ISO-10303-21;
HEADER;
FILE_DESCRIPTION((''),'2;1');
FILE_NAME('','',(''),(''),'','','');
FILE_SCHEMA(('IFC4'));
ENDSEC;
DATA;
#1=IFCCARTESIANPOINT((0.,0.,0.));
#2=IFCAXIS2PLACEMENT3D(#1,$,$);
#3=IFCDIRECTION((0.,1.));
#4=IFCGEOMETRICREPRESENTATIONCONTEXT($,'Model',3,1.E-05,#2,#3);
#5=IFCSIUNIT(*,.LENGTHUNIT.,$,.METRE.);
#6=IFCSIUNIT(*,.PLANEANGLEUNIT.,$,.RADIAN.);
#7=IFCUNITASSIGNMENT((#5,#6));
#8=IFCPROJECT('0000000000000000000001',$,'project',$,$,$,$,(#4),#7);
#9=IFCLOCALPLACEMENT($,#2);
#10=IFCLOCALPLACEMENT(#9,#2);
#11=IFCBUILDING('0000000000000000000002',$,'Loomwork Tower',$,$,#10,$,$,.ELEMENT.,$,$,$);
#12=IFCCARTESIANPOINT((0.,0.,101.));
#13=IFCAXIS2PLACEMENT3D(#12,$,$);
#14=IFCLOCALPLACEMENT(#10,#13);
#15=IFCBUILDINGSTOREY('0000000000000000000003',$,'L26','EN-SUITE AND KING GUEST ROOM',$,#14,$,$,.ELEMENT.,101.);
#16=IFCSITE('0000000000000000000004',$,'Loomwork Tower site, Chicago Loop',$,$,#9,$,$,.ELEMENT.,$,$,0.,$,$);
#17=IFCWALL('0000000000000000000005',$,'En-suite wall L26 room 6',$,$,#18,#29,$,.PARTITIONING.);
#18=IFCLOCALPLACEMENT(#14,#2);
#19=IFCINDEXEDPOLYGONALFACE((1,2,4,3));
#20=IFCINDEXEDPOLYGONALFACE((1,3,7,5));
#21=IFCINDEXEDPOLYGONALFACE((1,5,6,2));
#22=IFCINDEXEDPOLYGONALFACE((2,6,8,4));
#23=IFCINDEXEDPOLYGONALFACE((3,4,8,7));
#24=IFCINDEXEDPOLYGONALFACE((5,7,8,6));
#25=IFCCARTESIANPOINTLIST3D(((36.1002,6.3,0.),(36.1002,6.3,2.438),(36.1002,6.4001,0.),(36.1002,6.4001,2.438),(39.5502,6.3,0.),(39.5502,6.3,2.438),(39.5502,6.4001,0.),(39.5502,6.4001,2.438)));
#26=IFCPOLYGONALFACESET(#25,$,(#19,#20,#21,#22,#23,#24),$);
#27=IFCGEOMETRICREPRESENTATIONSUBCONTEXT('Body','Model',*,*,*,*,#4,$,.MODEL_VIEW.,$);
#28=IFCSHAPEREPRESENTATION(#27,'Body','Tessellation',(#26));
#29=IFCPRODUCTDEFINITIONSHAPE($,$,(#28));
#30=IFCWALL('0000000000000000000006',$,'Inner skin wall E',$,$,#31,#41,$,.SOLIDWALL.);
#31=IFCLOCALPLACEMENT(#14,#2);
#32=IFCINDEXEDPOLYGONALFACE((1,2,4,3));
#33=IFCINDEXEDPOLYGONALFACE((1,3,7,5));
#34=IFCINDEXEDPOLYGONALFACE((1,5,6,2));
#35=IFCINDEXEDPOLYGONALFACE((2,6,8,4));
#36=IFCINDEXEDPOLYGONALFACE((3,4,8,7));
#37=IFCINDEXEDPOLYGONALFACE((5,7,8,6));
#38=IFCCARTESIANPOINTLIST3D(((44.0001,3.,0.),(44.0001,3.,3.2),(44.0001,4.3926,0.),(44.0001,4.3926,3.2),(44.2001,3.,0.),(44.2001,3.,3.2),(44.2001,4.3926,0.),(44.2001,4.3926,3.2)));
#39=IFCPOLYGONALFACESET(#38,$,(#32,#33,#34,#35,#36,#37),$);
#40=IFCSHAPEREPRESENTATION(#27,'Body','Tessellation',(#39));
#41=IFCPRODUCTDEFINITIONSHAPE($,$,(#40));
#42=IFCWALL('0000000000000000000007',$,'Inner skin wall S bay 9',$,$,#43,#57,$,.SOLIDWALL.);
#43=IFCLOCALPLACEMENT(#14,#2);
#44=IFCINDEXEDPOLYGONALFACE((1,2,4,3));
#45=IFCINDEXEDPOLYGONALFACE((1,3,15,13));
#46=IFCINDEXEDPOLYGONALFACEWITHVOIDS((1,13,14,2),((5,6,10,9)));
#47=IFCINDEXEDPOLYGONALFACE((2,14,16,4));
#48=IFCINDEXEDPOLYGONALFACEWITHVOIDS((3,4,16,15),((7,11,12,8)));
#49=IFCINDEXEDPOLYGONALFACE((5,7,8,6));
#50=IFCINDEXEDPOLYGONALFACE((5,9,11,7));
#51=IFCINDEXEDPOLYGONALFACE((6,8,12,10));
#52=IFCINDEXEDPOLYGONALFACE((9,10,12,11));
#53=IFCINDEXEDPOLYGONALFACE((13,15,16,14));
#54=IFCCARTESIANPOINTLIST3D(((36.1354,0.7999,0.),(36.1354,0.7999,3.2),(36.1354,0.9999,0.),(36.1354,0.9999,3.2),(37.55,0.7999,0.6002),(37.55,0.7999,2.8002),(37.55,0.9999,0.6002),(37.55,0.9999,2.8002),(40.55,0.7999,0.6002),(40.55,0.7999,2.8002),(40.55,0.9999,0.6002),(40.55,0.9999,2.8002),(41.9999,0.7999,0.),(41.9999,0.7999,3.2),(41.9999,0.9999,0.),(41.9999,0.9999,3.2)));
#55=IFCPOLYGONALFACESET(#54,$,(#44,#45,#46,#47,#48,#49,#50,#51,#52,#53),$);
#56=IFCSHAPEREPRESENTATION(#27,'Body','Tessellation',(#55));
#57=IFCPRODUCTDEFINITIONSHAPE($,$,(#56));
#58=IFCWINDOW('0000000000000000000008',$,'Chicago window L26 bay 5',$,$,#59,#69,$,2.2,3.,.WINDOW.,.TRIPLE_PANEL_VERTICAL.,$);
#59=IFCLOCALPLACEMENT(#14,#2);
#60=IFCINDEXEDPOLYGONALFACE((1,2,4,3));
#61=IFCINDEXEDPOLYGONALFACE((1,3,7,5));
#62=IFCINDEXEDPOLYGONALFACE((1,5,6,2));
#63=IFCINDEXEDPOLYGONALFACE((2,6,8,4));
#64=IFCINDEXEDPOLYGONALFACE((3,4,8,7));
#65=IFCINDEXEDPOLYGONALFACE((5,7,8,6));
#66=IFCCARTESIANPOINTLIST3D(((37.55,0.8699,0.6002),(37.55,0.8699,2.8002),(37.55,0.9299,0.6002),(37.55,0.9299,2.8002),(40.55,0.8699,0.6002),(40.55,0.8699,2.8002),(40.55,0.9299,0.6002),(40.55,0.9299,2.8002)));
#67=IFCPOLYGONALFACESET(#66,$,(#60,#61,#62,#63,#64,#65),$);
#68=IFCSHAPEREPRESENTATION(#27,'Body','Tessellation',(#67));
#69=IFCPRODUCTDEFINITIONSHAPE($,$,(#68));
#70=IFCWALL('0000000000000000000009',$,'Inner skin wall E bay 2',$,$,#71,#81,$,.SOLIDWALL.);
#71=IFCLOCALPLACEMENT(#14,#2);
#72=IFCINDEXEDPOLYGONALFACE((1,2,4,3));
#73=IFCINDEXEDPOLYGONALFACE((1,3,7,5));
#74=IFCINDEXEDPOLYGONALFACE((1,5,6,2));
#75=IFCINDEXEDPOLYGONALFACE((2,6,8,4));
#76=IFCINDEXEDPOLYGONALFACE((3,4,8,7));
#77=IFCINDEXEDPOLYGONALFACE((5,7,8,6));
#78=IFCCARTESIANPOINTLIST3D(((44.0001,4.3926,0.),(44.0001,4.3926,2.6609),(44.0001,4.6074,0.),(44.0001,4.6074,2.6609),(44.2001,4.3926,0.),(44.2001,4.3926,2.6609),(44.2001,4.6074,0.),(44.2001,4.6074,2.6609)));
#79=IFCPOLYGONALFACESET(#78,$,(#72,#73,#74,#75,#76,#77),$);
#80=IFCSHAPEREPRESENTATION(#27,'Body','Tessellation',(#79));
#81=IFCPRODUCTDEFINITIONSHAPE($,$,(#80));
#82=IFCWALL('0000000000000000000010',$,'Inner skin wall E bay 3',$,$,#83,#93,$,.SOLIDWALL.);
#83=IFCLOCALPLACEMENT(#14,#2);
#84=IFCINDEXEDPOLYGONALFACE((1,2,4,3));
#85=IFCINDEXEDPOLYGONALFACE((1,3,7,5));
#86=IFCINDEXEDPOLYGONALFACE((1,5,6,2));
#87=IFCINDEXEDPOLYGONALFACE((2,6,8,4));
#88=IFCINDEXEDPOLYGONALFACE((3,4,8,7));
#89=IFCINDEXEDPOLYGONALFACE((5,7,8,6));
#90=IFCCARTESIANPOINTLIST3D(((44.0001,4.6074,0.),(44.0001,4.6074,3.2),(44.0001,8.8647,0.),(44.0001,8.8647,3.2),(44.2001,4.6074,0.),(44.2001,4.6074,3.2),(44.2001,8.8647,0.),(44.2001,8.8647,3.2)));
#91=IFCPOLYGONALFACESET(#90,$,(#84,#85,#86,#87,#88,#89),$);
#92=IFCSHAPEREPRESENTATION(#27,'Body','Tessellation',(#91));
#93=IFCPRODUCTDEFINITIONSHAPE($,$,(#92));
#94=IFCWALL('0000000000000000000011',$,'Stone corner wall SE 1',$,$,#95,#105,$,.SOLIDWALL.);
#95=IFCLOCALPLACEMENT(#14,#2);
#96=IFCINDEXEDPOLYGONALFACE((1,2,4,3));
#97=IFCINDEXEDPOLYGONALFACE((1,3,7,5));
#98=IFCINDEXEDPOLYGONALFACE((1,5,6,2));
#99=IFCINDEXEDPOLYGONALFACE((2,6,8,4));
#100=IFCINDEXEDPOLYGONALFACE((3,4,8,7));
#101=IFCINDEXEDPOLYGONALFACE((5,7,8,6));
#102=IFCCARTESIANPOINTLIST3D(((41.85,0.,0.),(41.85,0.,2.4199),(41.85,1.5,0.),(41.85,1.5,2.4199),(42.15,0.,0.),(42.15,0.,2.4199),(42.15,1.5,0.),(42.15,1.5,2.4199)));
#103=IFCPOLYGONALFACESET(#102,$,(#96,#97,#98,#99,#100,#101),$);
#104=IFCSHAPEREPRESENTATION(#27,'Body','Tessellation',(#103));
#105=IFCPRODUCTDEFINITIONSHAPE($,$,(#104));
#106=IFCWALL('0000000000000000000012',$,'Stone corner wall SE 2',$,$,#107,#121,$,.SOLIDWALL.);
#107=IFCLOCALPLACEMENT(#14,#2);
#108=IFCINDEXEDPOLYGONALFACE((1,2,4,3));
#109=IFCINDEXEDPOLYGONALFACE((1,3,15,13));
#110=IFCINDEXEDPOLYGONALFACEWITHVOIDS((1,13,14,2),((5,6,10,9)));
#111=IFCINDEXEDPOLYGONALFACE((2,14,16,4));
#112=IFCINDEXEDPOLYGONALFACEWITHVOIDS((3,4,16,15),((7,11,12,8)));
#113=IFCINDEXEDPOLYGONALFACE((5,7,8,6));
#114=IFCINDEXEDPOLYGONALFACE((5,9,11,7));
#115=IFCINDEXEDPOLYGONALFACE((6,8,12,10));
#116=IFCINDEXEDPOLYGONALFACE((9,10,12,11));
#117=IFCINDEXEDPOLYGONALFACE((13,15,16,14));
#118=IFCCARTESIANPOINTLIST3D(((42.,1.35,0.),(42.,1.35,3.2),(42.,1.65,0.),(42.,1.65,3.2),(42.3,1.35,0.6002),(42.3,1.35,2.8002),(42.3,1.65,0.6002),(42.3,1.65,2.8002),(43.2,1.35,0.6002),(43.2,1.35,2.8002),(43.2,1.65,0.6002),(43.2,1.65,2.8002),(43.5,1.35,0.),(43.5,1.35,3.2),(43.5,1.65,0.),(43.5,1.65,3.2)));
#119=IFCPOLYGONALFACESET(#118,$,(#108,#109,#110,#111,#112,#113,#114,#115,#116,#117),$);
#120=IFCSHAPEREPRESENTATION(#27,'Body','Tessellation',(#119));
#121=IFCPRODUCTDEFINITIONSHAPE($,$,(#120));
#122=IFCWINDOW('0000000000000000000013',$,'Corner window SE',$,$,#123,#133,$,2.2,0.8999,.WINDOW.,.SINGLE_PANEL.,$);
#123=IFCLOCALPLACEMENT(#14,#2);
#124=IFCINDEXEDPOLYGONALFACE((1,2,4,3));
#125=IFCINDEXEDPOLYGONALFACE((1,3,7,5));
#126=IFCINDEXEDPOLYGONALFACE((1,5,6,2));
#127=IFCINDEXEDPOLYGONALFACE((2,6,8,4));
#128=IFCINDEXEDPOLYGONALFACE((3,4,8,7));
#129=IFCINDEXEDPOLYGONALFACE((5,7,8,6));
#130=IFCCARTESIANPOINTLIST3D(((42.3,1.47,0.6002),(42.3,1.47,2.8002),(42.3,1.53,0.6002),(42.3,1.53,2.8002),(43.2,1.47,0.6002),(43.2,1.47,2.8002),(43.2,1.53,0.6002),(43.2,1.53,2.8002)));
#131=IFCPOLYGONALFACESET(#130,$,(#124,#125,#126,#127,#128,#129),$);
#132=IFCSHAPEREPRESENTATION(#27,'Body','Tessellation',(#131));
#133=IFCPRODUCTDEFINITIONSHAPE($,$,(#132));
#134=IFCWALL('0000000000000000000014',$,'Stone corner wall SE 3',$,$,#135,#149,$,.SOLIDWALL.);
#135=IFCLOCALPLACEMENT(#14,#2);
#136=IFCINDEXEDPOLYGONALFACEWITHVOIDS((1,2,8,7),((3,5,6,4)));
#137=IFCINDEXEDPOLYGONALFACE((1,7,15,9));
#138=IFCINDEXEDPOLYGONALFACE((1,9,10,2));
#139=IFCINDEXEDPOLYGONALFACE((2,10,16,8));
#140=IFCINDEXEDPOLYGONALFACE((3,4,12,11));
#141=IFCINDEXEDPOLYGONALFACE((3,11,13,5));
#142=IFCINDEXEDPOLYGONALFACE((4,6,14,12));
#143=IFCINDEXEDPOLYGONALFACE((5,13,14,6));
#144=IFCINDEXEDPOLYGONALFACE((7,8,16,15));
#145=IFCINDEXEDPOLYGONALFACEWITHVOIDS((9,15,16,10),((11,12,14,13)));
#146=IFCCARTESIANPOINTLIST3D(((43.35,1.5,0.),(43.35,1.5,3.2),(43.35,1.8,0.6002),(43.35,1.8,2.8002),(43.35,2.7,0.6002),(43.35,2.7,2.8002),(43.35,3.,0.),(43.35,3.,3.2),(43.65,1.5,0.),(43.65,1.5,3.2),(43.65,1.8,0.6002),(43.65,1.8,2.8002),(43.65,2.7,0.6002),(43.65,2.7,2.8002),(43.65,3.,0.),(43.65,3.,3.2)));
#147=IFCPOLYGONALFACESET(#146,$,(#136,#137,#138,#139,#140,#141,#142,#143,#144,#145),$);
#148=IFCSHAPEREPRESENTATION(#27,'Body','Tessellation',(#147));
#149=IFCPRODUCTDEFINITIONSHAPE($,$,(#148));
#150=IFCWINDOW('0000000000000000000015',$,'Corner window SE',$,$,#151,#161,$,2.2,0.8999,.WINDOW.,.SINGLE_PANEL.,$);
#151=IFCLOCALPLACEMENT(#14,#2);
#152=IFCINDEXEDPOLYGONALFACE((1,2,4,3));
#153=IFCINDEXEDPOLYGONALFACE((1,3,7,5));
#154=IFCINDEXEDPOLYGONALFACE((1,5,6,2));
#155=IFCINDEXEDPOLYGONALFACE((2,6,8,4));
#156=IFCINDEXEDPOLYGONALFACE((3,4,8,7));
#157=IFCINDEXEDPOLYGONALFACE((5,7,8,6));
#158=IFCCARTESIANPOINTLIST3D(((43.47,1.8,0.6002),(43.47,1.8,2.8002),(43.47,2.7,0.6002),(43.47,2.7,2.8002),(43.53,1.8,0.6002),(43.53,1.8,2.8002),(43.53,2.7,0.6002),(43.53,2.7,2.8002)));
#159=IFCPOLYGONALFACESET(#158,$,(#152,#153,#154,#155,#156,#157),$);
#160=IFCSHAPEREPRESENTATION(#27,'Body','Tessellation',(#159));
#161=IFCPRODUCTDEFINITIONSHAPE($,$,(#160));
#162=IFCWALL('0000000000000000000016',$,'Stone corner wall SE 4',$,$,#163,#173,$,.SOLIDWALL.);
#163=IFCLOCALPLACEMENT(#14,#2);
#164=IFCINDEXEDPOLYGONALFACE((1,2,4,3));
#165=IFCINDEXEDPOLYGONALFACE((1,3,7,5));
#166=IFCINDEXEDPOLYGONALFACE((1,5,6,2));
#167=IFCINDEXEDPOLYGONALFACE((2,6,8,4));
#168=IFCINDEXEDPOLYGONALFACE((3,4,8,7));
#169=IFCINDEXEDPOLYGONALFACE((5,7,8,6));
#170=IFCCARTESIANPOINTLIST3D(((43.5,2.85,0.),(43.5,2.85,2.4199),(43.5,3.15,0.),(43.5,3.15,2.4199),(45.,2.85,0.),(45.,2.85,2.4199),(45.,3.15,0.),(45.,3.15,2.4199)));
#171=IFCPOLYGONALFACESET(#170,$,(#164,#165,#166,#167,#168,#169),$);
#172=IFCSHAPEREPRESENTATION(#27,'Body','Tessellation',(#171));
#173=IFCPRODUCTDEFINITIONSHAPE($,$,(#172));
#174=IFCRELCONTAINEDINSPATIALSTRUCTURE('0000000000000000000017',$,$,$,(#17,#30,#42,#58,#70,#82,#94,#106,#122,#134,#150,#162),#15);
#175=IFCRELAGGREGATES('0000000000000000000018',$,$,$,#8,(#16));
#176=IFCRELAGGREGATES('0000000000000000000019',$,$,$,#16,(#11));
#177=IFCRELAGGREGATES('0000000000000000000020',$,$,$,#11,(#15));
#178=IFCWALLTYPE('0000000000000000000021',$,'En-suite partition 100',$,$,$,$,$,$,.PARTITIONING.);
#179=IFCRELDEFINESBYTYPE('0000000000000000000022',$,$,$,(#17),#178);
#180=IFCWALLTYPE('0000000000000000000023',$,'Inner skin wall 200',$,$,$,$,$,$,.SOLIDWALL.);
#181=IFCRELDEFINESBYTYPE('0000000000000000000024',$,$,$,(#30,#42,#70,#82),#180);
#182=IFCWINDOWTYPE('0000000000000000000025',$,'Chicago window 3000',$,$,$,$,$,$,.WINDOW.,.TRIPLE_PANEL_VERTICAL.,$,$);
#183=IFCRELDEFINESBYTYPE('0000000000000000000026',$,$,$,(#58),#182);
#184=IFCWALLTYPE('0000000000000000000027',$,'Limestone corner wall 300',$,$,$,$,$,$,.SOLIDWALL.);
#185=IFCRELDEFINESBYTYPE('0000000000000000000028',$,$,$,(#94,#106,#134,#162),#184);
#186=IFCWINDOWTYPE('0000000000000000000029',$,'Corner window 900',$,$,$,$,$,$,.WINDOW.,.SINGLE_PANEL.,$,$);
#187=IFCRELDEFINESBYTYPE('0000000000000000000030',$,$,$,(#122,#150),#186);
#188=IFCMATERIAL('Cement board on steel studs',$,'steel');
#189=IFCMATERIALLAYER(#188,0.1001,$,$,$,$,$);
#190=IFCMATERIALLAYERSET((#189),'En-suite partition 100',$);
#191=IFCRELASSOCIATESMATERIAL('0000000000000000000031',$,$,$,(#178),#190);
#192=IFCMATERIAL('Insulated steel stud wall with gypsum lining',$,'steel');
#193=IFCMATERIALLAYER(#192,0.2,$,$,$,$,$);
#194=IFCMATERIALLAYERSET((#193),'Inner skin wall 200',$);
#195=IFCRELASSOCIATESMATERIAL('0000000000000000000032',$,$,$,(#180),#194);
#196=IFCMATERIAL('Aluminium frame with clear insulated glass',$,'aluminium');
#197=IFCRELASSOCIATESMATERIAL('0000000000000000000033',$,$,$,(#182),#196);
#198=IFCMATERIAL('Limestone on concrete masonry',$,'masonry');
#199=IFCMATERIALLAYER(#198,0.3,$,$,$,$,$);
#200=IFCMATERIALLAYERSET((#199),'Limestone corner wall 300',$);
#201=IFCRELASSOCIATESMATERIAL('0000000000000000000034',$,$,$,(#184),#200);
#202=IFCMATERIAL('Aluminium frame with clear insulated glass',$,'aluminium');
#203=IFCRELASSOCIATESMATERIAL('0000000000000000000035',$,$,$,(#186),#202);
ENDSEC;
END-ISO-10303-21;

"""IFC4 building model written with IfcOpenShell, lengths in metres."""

from ifc_helpers import new_model, si_unit, direction, frame, frame_2d, origin, place, context, subcontext, project, spatial, rectangle, extrude, material, layer, layer_set, type_object, element, fill, save


model = new_model("IFC4")

# Units and contexts
model_context = context("Model", 3, precision=1e-05, world=origin(), true_north=direction((0.0, 1.0)))
body_context = subcontext(model_context, "Body", "Model", "MODEL_VIEW")
ifc_project = project(units=[si_unit("LENGTHUNIT", "METRE"), si_unit("PLANEANGLEUNIT", "RADIAN")], contexts=[model_context])

# Site, building, storey
site_placement = place(None, origin())
site = spatial("IfcSite", under=ifc_project, at=site_placement, Name="Loomwork Tower site, Chicago Loop", CompositionType="ELEMENT", RefElevation=0.0)
building_placement = place(site_placement, origin())
building = spatial("IfcBuilding", under=site, at=building_placement, Name="Loomwork Tower", CompositionType="ELEMENT")
storey_placement = place(building_placement, frame((0.0, 0.0, 101.0)))
storey = spatial("IfcBuildingStorey", under=building, at=storey_placement, Name="L26", Description="EN-SUITE AND KING GUEST ROOM", CompositionType="ELEMENT", Elevation=101.0)

# Walls
ifc_material_1 = material(Name="Cement board on steel studs", Category="steel")
ifc_layer_1 = layer(ifc_material_1, 0.1001)
ifc_layer_set_1 = layer_set([ifc_layer_1], Name="En-suite partition 100")
wall_type_1 = type_object("IfcWallType", Name="En-suite partition 100", PredefinedType="PARTITIONING", material=ifc_layer_set_1)
wall_1_placement = place(storey_placement, frame((36.1001, 6.3501, 0.0), z_axis=(0.0, 0.0, 1.0), x_axis=(1.0, 0.0, 0.0)))
element("IfcWall", 1, at=wall_1_placement, inside=storey, type_object=wall_type_1, Name="En-suite wall L26 room 6", PredefinedType="PARTITIONING", context=body_context, shape_type="SweptSolid", body=[
    extrude(rectangle(XDim=3.45, YDim=0.1001, at=frame_2d((1.7251, 0.0))), origin(), (0.0, 0.0, 1.0), 2.438),
])
ifc_material_2 = material(Name="Insulated steel stud wall with gypsum lining", Category="steel")
ifc_layer_2 = layer(ifc_material_2, 0.2)
ifc_layer_set_2 = layer_set([ifc_layer_2], Name="Inner skin wall 200")
wall_type_2 = type_object("IfcWallType", Name="Inner skin wall 200", PredefinedType="SOLIDWALL", material=ifc_layer_set_2)
wall_2_placement = place(storey_placement, frame((44.1001, 3.0, 0.0), z_axis=(0.0, 0.0, 1.0), x_axis=(0.0, 1.0, 0.0)))
element("IfcWall", 2, at=wall_2_placement, inside=storey, type_object=wall_type_2, Name="Inner skin wall E", PredefinedType="SOLIDWALL", context=body_context, shape_type="SweptSolid", body=[
    extrude(rectangle(XDim=1.3926, YDim=0.2, at=frame_2d((0.6963, 0.0))), origin(), (0.0, 0.0, 1.0), 3.2),
])

# Wall, opening, window
wall_3_placement = place(storey_placement, frame((36.1355, 0.8999, 0.0), z_axis=(0.0, 0.0, 1.0), x_axis=(1.0, 0.0, 0.0)))
wall_3 = element("IfcWall", 3, at=wall_3_placement, inside=storey, type_object=wall_type_2, Name="Inner skin wall S bay 9", PredefinedType="SOLIDWALL", context=body_context, shape_type="SweptSolid", body=[
    extrude(rectangle(XDim=5.8645, YDim=0.2, at=frame_2d((2.9321, 0.0))), origin(), (0.0, 0.0, 1.0), 3.2),
])
opening_1_placement = place(wall_3_placement, frame((1.4146, 0.0, 0.6001)))
opening_1 = element("IfcOpeningElement", 4, at=opening_1_placement, cuts=wall_3, PredefinedType="OPENING", context=body_context, shape_type="SweptSolid", body=[
    extrude(rectangle(XDim=3.0, YDim=2.2, at=frame_2d((1.5, 1.1001))), frame((0.0, 0.1099, 0.0), z_axis=(0.0, -1.0, 0.0), x_axis=(1.0, 0.0, 0.0)), (0.0, 0.0, 1.0), 0.22),
])
ifc_material_3 = material(Name="Aluminium frame with clear insulated glass", Category="aluminium")
window_type_1 = type_object("IfcWindowType", Name="Chicago window 3000", PartitioningType="TRIPLE_PANEL_VERTICAL", PredefinedType="WINDOW", material=ifc_material_3)
window_1_placement = place(opening_1_placement, origin())
window_1 = element("IfcWindow", 5, at=window_1_placement, inside=storey, type_object=window_type_1, Name="Chicago window L26 bay 5", OverallHeight=2.2, OverallWidth=3.0, PartitioningType="TRIPLE_PANEL_VERTICAL", PredefinedType="WINDOW", context=body_context, shape_type="SweptSolid", body=[
    extrude(rectangle(XDim=3.0, YDim=2.2, at=frame_2d((1.5, 1.1001))), frame((0.0, 0.03, 0.0), z_axis=(0.0, -1.0, 0.0), x_axis=(1.0, 0.0, 0.0)), (0.0, 0.0, 1.0), 0.0601),
])
fill(opening_1, window_1)

# Walls
wall_4_placement = place(storey_placement, frame((44.1001, 4.3926, 0.0), z_axis=(0.0, 0.0, 1.0), x_axis=(0.0, 1.0, 0.0)))
element("IfcWall", 6, at=wall_4_placement, inside=storey, type_object=wall_type_2, Name="Inner skin wall E bay 2", PredefinedType="SOLIDWALL", context=body_context, shape_type="SweptSolid", body=[
    extrude(rectangle(XDim=0.2148, YDim=0.2, at=frame_2d((0.1074, 0.0))), origin(), (0.0, 0.0, 1.0), 2.6609),
])
wall_5_placement = place(storey_placement, frame((44.1001, 4.6074, 0.0), z_axis=(0.0, 0.0, 1.0), x_axis=(0.0, 1.0, 0.0)))
element("IfcWall", 7, at=wall_5_placement, inside=storey, type_object=wall_type_2, Name="Inner skin wall E bay 3", PredefinedType="SOLIDWALL", context=body_context, shape_type="SweptSolid", body=[
    extrude(rectangle(XDim=4.2573, YDim=0.2, at=frame_2d((2.1287, 0.0))), origin(), (0.0, 0.0, 1.0), 3.2),
])
ifc_material_4 = material(Name="Limestone on concrete masonry", Category="masonry")
ifc_layer_3 = layer(ifc_material_4, 0.3)
ifc_layer_set_3 = layer_set([ifc_layer_3], Name="Limestone corner wall 300")
wall_type_3 = type_object("IfcWallType", Name="Limestone corner wall 300", PredefinedType="SOLIDWALL", material=ifc_layer_set_3)
wall_6_placement = place(storey_placement, frame((42.0, 0.0, 0.0), z_axis=(0.0, 0.0, 1.0), x_axis=(0.0, 1.0, 0.0)))
element("IfcWall", 8, at=wall_6_placement, inside=storey, type_object=wall_type_3, Name="Stone corner wall SE 1", PredefinedType="SOLIDWALL", context=body_context, shape_type="SweptSolid", body=[
    extrude(rectangle(XDim=1.5, YDim=0.3, at=frame_2d((0.75, 0.0))), origin(), (0.0, 0.0, 1.0), 2.4199),
])

# Walls, openings, windows
wall_7_placement = place(storey_placement, frame((42.0, 1.5, 0.0), z_axis=(0.0, 0.0, 1.0), x_axis=(1.0, 0.0, 0.0)))
wall_7 = element("IfcWall", 9, at=wall_7_placement, inside=storey, type_object=wall_type_3, Name="Stone corner wall SE 2", PredefinedType="SOLIDWALL", context=body_context, shape_type="SweptSolid", body=[
    extrude(rectangle(XDim=1.5, YDim=0.3, at=frame_2d((0.75, 0.0))), origin(), (0.0, 0.0, 1.0), 3.2),
])
opening_2_placement = place(wall_7_placement, frame((0.3, 0.0, 0.6001)))
opening_2 = element("IfcOpeningElement", 10, at=opening_2_placement, cuts=wall_7, PredefinedType="OPENING", context=body_context, shape_type="SweptSolid", body=[
    extrude(rectangle(XDim=0.8999, YDim=2.2, at=frame_2d((0.45, 1.1001))), frame((0.0, 0.1599, 0.0), z_axis=(0.0, -1.0, 0.0), x_axis=(1.0, 0.0, 0.0)), (0.0, 0.0, 1.0), 0.3201),
])
ifc_material_5 = material(Name="Aluminium frame with clear insulated glass", Category="aluminium")
window_type_2 = type_object("IfcWindowType", Name="Corner window 900", PartitioningType="SINGLE_PANEL", PredefinedType="WINDOW", material=ifc_material_5)
window_2_placement = place(opening_2_placement, origin())
window_2 = element("IfcWindow", 11, at=window_2_placement, inside=storey, type_object=window_type_2, Name="Corner window SE", OverallHeight=2.2, OverallWidth=0.8999, PartitioningType="SINGLE_PANEL", PredefinedType="WINDOW", context=body_context, shape_type="SweptSolid", body=[
    extrude(rectangle(XDim=0.8999, YDim=2.2, at=frame_2d((0.45, 1.1001))), frame((0.0, 0.03, 0.0), z_axis=(0.0, -1.0, 0.0), x_axis=(1.0, 0.0, 0.0)), (0.0, 0.0, 1.0), 0.0601),
])
fill(opening_2, window_2)
wall_8_placement = place(storey_placement, frame((43.5, 1.5, 0.0), z_axis=(0.0, 0.0, 1.0), x_axis=(0.0, 1.0, 0.0)))
wall_8 = element("IfcWall", 12, at=wall_8_placement, inside=storey, type_object=wall_type_3, Name="Stone corner wall SE 3", PredefinedType="SOLIDWALL", context=body_context, shape_type="SweptSolid", body=[
    extrude(rectangle(XDim=1.5, YDim=0.3, at=frame_2d((0.75, 0.0))), origin(), (0.0, 0.0, 1.0), 3.2),
])
opening_3_placement = place(wall_8_placement, frame((0.3, 0.0, 0.6001)))
opening_3 = element("IfcOpeningElement", 13, at=opening_3_placement, cuts=wall_8, PredefinedType="OPENING", context=body_context, shape_type="SweptSolid", body=[
    extrude(rectangle(XDim=0.8999, YDim=2.2, at=frame_2d((0.45, 1.1001))), frame((0.0, 0.1599, 0.0), z_axis=(0.0, -1.0, 0.0), x_axis=(1.0, 0.0, 0.0)), (0.0, 0.0, 1.0), 0.3201),
])
window_3_placement = place(opening_3_placement, origin())
window_3 = element("IfcWindow", 14, at=window_3_placement, inside=storey, type_object=window_type_2, Name="Corner window SE", OverallHeight=2.2, OverallWidth=0.8999, PartitioningType="SINGLE_PANEL", PredefinedType="WINDOW", context=body_context, shape_type="SweptSolid", body=[
    extrude(rectangle(XDim=0.8999, YDim=2.2, at=frame_2d((0.45, 1.1001))), frame((0.0, 0.03, 0.0), z_axis=(0.0, -1.0, 0.0), x_axis=(1.0, 0.0, 0.0)), (0.0, 0.0, 1.0), 0.0601),
])
fill(opening_3, window_3)

# Wall
wall_9_placement = place(storey_placement, frame((43.5, 3.0, 0.0), z_axis=(0.0, 0.0, 1.0), x_axis=(1.0, 0.0, 0.0)))
element("IfcWall", 15, at=wall_9_placement, inside=storey, type_object=wall_type_3, Name="Stone corner wall SE 4", PredefinedType="SOLIDWALL", context=body_context, shape_type="SweptSolid", body=[
    extrude(rectangle(XDim=1.5, YDim=0.3, at=frame_2d((0.75, 0.0))), origin(), (0.0, 0.0, 1.0), 2.4199),
])

save(model, "model.ifc")
